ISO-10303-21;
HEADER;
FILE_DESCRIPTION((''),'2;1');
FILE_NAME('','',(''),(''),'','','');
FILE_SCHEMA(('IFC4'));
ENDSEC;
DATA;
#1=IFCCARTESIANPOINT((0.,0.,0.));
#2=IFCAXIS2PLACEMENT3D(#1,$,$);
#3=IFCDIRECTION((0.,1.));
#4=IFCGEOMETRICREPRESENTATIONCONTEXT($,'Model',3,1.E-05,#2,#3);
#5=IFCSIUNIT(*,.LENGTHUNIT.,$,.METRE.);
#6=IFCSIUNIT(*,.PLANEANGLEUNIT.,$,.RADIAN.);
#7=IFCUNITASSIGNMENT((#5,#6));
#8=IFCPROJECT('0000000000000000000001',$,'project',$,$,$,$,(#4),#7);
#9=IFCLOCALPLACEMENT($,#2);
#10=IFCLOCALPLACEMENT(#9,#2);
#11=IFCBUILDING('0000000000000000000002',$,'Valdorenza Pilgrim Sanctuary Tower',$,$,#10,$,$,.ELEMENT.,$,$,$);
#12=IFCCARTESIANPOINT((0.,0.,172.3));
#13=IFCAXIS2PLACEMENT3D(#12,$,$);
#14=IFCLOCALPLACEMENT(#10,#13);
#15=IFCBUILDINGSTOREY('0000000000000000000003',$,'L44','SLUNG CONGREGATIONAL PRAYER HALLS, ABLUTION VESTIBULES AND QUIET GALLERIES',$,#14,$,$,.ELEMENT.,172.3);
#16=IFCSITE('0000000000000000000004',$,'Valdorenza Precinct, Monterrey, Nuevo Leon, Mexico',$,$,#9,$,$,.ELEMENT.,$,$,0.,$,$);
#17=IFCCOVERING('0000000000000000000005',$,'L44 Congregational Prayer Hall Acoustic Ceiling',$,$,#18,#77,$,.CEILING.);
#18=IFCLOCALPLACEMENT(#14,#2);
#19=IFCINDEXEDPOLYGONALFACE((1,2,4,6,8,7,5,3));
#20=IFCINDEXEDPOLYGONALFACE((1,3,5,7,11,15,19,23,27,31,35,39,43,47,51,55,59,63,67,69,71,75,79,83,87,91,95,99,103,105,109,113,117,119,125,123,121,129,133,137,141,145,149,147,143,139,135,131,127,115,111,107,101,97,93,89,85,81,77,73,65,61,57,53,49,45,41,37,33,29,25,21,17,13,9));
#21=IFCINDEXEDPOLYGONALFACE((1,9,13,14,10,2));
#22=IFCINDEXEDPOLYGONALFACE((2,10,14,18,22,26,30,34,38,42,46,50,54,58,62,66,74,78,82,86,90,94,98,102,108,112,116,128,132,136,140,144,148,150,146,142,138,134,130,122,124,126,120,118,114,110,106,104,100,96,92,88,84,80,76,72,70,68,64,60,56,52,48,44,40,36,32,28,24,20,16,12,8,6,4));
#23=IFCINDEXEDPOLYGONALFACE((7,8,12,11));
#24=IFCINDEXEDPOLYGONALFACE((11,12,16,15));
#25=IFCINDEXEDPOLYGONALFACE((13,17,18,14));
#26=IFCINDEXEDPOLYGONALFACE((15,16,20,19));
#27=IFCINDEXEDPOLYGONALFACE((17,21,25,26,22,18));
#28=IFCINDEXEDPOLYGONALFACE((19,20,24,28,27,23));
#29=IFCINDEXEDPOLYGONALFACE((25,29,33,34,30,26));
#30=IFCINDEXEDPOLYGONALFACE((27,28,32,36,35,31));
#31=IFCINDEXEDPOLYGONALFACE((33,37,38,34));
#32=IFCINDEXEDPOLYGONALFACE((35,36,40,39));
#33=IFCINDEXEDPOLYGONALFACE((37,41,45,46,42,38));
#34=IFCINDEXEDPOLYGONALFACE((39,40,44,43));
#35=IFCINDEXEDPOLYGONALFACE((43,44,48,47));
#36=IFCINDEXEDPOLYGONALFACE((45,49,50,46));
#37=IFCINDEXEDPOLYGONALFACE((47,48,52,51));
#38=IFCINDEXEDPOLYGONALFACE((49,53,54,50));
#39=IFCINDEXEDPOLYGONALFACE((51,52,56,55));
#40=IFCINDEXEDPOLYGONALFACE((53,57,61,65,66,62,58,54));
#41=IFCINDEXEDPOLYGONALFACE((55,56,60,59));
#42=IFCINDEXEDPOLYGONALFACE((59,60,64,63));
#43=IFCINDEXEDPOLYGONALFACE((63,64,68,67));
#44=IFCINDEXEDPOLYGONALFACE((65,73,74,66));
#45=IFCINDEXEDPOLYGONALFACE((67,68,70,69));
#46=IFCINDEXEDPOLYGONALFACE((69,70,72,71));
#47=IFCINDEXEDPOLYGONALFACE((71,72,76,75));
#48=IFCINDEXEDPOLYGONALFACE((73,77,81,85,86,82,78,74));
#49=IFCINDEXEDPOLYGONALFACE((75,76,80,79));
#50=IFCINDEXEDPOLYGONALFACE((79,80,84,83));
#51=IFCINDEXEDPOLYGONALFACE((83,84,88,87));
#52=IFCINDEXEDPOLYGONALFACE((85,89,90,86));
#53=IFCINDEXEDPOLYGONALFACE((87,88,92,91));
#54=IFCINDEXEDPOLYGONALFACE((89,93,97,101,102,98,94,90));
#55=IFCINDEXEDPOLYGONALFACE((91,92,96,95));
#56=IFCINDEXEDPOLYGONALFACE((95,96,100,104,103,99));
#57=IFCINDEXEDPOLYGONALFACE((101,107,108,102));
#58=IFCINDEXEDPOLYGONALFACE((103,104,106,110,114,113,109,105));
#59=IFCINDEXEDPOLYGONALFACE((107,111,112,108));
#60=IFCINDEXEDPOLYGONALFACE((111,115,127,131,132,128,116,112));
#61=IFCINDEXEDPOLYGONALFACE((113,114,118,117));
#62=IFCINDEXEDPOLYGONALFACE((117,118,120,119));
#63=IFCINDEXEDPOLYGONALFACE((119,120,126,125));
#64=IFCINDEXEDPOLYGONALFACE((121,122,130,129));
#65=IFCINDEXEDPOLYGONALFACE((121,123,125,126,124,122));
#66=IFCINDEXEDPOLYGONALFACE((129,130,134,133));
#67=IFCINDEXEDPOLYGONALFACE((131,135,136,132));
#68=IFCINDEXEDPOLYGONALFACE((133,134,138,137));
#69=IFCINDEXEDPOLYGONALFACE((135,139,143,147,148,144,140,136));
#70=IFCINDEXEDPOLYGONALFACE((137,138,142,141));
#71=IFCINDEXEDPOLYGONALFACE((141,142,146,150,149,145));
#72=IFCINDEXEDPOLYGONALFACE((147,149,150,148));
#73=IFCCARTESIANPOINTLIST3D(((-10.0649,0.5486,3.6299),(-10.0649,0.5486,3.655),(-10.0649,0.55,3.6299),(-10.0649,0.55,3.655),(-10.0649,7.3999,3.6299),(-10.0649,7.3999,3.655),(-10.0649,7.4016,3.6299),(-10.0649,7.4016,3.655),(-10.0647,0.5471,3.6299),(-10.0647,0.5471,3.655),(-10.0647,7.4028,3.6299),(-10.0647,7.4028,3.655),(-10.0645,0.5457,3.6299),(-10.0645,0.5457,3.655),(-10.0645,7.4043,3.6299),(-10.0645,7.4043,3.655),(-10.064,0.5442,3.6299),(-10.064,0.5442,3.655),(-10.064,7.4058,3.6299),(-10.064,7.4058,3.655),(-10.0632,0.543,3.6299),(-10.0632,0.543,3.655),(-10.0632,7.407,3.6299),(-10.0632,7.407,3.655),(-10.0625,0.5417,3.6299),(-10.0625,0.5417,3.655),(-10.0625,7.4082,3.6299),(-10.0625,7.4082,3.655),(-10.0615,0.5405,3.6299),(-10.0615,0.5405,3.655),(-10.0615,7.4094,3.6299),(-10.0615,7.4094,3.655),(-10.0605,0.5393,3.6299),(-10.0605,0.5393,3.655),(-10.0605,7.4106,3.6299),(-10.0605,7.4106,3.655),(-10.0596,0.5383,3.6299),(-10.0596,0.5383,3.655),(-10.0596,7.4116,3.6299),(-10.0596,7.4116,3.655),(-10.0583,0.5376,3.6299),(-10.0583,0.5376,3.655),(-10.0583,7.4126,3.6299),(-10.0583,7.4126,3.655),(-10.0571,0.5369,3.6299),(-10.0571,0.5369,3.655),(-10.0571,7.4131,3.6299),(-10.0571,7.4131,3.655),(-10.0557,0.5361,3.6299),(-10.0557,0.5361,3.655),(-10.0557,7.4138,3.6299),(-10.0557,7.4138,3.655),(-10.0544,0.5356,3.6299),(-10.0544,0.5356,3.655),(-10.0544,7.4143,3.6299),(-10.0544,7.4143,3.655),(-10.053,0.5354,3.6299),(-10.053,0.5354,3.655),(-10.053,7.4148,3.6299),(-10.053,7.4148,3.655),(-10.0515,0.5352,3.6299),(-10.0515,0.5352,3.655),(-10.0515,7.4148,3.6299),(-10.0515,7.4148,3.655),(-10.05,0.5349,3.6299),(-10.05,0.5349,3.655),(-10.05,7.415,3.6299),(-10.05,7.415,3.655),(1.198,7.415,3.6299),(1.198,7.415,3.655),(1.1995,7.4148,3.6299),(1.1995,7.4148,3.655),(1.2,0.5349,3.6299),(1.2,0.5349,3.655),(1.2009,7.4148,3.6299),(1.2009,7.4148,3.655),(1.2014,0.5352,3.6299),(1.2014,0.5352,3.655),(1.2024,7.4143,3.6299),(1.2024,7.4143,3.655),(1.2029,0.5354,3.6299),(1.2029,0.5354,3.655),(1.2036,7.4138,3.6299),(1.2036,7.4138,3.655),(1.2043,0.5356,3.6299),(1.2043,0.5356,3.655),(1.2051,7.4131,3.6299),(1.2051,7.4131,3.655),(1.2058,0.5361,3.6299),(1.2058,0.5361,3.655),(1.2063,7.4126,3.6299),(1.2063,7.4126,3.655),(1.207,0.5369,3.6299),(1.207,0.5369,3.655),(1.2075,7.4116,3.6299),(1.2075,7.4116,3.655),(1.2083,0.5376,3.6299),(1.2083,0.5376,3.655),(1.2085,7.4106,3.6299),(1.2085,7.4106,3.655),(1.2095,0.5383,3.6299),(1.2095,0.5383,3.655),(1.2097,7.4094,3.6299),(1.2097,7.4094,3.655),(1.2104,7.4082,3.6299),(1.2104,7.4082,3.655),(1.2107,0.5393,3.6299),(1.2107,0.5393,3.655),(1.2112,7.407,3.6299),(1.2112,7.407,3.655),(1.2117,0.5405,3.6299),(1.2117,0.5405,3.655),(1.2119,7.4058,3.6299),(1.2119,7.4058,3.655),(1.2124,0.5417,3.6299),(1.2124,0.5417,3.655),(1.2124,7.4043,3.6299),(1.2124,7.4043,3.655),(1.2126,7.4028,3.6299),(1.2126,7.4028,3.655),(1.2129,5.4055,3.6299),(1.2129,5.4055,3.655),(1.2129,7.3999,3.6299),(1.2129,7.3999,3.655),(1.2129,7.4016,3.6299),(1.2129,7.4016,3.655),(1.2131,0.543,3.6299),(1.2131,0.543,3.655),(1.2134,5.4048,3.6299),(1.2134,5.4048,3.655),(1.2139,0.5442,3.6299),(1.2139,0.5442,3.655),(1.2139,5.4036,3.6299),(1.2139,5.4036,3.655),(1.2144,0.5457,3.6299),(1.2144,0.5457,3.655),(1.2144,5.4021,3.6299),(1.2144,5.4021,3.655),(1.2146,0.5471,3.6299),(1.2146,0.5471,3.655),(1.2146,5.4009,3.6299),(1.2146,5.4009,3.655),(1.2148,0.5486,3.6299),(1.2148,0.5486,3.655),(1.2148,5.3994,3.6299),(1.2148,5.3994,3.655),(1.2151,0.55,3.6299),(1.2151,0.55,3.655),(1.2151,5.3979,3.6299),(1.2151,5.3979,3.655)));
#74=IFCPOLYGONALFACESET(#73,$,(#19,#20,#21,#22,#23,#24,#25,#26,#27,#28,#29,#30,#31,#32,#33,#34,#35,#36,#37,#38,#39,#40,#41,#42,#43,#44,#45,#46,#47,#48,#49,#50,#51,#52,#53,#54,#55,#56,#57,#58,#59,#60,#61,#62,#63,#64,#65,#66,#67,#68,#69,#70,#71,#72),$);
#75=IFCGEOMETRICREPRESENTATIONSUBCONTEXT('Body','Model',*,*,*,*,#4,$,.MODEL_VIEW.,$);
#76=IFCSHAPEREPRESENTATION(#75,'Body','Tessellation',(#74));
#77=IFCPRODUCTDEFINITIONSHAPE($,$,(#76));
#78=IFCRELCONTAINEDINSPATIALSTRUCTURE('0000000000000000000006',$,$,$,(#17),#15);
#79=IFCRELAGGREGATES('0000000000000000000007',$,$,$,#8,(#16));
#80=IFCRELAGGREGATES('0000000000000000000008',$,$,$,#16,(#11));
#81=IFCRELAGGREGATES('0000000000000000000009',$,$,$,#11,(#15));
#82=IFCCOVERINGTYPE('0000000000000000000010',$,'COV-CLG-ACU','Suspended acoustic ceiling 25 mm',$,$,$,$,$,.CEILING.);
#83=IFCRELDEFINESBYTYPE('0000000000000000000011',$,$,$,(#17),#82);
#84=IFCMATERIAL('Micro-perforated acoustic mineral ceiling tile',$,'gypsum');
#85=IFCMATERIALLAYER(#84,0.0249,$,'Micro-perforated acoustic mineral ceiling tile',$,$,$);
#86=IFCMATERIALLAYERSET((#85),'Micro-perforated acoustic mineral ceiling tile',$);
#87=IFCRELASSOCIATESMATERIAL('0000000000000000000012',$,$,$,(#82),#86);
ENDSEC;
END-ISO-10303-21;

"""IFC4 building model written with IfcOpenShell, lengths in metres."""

from ifc_helpers import new_model, si_unit, direction, frame, origin, place, context, subcontext, project, spatial, polyline, outline, extrude, material, layer, layer_set, type_object, element, save


model = new_model("IFC4")

# Units and contexts
model_context = context("Model", 3, precision=1e-05, world=origin(), true_north=direction((0.0, 1.0)))
body_context = subcontext(model_context, "Body", "Model", "MODEL_VIEW")
ifc_project = project(units=[si_unit("LENGTHUNIT", "METRE"), si_unit("PLANEANGLEUNIT", "RADIAN")], contexts=[model_context])

# Site, building, storey
site_placement = place(None, origin())
site = spatial("IfcSite", under=ifc_project, at=site_placement, Name="Valdorenza Precinct, Monterrey, Nuevo Leon, Mexico", CompositionType="ELEMENT", RefElevation=0.0)
building_placement = place(site_placement, origin())
building = spatial("IfcBuilding", under=site, at=building_placement, Name="Valdorenza Pilgrim Sanctuary Tower", CompositionType="ELEMENT")
storey_placement = place(building_placement, frame((0.0, 0.0, 172.3)))
storey = spatial("IfcBuildingStorey", under=building, at=storey_placement, Name="L44", Description="SLUNG CONGREGATIONAL PRAYER HALLS, ABLUTION VESTIBULES AND QUIET GALLERIES", CompositionType="ELEMENT", Elevation=172.3)

# Covering
ifc_material_1 = material(Name="Micro-perforated acoustic mineral ceiling tile", Category="gypsum")
ifc_layer_1 = layer(ifc_material_1, 0.0249, Name="Micro-perforated acoustic mineral ceiling tile")
ifc_layer_set_1 = layer_set([ifc_layer_1], Name="Micro-perforated acoustic mineral ceiling tile")
covering_type_1 = type_object("IfcCoveringType", Name="COV-CLG-ACU", Description="Suspended acoustic ceiling 25 mm", PredefinedType="CEILING", material=ifc_layer_set_1)
covering_1_placement = place(storey_placement, frame((0.0, 0.0, 3.6299)))
element("IfcCovering", 1, at=covering_1_placement, inside=storey, type_object=covering_type_1, Name="L44 Congregational Prayer Hall Acoustic Ceiling", PredefinedType="CEILING", context=body_context, shape_type="SweptSolid", body=[
    extrude(outline(polyline([(1.2129, 5.4055), (1.2134, 5.4048), (1.2139, 5.4036), (1.2144, 5.4021), (1.2146, 5.4009), (1.2148, 5.3994), (1.2151, 5.3979), (1.2151, 0.55), (1.2148, 0.5486), (1.2146, 0.5471), (1.2144, 0.5457), (1.2139, 0.5442), (1.2131, 0.543), (1.2124, 0.5417), (1.2117, 0.5405), (1.2107, 0.5393), (1.2095, 0.5383), (1.2083, 0.5376), (1.207, 0.5369), (1.2058, 0.5361), (1.2043, 0.5356), (1.2029, 0.5354), (1.2014, 0.5352), (1.2, 0.5349), (-10.05, 0.5349), (-10.0515, 0.5352), (-10.053, 0.5354), (-10.0544, 0.5356), (-10.0557, 0.5361), (-10.0571, 0.5369), (-10.0583, 0.5376), (-10.0596, 0.5383), (-10.0605, 0.5393), (-10.0615, 0.5405), (-10.0625, 0.5417), (-10.0632, 0.543), (-10.064, 0.5442), (-10.0645, 0.5457), (-10.0647, 0.5471), (-10.0649, 0.5486), (-10.0649, 0.55), (-10.0649, 7.3999), (-10.0649, 7.4016), (-10.0647, 7.4028), (-10.0645, 7.4043), (-10.064, 7.4058), (-10.0632, 7.407), (-10.0625, 7.4082), (-10.0615, 7.4094), (-10.0605, 7.4106), (-10.0596, 7.4116), (-10.0583, 7.4126), (-10.0571, 7.4131), (-10.0557, 7.4138), (-10.0544, 7.4143), (-10.053, 7.4148), (-10.0515, 7.4148), (-10.05, 7.415), (1.198, 7.415), (1.1995, 7.4148), (1.2009, 7.4148), (1.2024, 7.4143), (1.2036, 7.4138), (1.2051, 7.4131), (1.2063, 7.4126), (1.2075, 7.4116), (1.2085, 7.4106), (1.2097, 7.4094), (1.2104, 7.4082), (1.2112, 7.407), (1.2119, 7.4058), (1.2124, 7.4043), (1.2126, 7.4028), (1.2129, 7.4016), (1.2129, 7.3999), (1.2129, 5.4055)])), origin(), (0.0, 0.0, 1.0), 0.0251),
])

save(model, "model.ifc")
